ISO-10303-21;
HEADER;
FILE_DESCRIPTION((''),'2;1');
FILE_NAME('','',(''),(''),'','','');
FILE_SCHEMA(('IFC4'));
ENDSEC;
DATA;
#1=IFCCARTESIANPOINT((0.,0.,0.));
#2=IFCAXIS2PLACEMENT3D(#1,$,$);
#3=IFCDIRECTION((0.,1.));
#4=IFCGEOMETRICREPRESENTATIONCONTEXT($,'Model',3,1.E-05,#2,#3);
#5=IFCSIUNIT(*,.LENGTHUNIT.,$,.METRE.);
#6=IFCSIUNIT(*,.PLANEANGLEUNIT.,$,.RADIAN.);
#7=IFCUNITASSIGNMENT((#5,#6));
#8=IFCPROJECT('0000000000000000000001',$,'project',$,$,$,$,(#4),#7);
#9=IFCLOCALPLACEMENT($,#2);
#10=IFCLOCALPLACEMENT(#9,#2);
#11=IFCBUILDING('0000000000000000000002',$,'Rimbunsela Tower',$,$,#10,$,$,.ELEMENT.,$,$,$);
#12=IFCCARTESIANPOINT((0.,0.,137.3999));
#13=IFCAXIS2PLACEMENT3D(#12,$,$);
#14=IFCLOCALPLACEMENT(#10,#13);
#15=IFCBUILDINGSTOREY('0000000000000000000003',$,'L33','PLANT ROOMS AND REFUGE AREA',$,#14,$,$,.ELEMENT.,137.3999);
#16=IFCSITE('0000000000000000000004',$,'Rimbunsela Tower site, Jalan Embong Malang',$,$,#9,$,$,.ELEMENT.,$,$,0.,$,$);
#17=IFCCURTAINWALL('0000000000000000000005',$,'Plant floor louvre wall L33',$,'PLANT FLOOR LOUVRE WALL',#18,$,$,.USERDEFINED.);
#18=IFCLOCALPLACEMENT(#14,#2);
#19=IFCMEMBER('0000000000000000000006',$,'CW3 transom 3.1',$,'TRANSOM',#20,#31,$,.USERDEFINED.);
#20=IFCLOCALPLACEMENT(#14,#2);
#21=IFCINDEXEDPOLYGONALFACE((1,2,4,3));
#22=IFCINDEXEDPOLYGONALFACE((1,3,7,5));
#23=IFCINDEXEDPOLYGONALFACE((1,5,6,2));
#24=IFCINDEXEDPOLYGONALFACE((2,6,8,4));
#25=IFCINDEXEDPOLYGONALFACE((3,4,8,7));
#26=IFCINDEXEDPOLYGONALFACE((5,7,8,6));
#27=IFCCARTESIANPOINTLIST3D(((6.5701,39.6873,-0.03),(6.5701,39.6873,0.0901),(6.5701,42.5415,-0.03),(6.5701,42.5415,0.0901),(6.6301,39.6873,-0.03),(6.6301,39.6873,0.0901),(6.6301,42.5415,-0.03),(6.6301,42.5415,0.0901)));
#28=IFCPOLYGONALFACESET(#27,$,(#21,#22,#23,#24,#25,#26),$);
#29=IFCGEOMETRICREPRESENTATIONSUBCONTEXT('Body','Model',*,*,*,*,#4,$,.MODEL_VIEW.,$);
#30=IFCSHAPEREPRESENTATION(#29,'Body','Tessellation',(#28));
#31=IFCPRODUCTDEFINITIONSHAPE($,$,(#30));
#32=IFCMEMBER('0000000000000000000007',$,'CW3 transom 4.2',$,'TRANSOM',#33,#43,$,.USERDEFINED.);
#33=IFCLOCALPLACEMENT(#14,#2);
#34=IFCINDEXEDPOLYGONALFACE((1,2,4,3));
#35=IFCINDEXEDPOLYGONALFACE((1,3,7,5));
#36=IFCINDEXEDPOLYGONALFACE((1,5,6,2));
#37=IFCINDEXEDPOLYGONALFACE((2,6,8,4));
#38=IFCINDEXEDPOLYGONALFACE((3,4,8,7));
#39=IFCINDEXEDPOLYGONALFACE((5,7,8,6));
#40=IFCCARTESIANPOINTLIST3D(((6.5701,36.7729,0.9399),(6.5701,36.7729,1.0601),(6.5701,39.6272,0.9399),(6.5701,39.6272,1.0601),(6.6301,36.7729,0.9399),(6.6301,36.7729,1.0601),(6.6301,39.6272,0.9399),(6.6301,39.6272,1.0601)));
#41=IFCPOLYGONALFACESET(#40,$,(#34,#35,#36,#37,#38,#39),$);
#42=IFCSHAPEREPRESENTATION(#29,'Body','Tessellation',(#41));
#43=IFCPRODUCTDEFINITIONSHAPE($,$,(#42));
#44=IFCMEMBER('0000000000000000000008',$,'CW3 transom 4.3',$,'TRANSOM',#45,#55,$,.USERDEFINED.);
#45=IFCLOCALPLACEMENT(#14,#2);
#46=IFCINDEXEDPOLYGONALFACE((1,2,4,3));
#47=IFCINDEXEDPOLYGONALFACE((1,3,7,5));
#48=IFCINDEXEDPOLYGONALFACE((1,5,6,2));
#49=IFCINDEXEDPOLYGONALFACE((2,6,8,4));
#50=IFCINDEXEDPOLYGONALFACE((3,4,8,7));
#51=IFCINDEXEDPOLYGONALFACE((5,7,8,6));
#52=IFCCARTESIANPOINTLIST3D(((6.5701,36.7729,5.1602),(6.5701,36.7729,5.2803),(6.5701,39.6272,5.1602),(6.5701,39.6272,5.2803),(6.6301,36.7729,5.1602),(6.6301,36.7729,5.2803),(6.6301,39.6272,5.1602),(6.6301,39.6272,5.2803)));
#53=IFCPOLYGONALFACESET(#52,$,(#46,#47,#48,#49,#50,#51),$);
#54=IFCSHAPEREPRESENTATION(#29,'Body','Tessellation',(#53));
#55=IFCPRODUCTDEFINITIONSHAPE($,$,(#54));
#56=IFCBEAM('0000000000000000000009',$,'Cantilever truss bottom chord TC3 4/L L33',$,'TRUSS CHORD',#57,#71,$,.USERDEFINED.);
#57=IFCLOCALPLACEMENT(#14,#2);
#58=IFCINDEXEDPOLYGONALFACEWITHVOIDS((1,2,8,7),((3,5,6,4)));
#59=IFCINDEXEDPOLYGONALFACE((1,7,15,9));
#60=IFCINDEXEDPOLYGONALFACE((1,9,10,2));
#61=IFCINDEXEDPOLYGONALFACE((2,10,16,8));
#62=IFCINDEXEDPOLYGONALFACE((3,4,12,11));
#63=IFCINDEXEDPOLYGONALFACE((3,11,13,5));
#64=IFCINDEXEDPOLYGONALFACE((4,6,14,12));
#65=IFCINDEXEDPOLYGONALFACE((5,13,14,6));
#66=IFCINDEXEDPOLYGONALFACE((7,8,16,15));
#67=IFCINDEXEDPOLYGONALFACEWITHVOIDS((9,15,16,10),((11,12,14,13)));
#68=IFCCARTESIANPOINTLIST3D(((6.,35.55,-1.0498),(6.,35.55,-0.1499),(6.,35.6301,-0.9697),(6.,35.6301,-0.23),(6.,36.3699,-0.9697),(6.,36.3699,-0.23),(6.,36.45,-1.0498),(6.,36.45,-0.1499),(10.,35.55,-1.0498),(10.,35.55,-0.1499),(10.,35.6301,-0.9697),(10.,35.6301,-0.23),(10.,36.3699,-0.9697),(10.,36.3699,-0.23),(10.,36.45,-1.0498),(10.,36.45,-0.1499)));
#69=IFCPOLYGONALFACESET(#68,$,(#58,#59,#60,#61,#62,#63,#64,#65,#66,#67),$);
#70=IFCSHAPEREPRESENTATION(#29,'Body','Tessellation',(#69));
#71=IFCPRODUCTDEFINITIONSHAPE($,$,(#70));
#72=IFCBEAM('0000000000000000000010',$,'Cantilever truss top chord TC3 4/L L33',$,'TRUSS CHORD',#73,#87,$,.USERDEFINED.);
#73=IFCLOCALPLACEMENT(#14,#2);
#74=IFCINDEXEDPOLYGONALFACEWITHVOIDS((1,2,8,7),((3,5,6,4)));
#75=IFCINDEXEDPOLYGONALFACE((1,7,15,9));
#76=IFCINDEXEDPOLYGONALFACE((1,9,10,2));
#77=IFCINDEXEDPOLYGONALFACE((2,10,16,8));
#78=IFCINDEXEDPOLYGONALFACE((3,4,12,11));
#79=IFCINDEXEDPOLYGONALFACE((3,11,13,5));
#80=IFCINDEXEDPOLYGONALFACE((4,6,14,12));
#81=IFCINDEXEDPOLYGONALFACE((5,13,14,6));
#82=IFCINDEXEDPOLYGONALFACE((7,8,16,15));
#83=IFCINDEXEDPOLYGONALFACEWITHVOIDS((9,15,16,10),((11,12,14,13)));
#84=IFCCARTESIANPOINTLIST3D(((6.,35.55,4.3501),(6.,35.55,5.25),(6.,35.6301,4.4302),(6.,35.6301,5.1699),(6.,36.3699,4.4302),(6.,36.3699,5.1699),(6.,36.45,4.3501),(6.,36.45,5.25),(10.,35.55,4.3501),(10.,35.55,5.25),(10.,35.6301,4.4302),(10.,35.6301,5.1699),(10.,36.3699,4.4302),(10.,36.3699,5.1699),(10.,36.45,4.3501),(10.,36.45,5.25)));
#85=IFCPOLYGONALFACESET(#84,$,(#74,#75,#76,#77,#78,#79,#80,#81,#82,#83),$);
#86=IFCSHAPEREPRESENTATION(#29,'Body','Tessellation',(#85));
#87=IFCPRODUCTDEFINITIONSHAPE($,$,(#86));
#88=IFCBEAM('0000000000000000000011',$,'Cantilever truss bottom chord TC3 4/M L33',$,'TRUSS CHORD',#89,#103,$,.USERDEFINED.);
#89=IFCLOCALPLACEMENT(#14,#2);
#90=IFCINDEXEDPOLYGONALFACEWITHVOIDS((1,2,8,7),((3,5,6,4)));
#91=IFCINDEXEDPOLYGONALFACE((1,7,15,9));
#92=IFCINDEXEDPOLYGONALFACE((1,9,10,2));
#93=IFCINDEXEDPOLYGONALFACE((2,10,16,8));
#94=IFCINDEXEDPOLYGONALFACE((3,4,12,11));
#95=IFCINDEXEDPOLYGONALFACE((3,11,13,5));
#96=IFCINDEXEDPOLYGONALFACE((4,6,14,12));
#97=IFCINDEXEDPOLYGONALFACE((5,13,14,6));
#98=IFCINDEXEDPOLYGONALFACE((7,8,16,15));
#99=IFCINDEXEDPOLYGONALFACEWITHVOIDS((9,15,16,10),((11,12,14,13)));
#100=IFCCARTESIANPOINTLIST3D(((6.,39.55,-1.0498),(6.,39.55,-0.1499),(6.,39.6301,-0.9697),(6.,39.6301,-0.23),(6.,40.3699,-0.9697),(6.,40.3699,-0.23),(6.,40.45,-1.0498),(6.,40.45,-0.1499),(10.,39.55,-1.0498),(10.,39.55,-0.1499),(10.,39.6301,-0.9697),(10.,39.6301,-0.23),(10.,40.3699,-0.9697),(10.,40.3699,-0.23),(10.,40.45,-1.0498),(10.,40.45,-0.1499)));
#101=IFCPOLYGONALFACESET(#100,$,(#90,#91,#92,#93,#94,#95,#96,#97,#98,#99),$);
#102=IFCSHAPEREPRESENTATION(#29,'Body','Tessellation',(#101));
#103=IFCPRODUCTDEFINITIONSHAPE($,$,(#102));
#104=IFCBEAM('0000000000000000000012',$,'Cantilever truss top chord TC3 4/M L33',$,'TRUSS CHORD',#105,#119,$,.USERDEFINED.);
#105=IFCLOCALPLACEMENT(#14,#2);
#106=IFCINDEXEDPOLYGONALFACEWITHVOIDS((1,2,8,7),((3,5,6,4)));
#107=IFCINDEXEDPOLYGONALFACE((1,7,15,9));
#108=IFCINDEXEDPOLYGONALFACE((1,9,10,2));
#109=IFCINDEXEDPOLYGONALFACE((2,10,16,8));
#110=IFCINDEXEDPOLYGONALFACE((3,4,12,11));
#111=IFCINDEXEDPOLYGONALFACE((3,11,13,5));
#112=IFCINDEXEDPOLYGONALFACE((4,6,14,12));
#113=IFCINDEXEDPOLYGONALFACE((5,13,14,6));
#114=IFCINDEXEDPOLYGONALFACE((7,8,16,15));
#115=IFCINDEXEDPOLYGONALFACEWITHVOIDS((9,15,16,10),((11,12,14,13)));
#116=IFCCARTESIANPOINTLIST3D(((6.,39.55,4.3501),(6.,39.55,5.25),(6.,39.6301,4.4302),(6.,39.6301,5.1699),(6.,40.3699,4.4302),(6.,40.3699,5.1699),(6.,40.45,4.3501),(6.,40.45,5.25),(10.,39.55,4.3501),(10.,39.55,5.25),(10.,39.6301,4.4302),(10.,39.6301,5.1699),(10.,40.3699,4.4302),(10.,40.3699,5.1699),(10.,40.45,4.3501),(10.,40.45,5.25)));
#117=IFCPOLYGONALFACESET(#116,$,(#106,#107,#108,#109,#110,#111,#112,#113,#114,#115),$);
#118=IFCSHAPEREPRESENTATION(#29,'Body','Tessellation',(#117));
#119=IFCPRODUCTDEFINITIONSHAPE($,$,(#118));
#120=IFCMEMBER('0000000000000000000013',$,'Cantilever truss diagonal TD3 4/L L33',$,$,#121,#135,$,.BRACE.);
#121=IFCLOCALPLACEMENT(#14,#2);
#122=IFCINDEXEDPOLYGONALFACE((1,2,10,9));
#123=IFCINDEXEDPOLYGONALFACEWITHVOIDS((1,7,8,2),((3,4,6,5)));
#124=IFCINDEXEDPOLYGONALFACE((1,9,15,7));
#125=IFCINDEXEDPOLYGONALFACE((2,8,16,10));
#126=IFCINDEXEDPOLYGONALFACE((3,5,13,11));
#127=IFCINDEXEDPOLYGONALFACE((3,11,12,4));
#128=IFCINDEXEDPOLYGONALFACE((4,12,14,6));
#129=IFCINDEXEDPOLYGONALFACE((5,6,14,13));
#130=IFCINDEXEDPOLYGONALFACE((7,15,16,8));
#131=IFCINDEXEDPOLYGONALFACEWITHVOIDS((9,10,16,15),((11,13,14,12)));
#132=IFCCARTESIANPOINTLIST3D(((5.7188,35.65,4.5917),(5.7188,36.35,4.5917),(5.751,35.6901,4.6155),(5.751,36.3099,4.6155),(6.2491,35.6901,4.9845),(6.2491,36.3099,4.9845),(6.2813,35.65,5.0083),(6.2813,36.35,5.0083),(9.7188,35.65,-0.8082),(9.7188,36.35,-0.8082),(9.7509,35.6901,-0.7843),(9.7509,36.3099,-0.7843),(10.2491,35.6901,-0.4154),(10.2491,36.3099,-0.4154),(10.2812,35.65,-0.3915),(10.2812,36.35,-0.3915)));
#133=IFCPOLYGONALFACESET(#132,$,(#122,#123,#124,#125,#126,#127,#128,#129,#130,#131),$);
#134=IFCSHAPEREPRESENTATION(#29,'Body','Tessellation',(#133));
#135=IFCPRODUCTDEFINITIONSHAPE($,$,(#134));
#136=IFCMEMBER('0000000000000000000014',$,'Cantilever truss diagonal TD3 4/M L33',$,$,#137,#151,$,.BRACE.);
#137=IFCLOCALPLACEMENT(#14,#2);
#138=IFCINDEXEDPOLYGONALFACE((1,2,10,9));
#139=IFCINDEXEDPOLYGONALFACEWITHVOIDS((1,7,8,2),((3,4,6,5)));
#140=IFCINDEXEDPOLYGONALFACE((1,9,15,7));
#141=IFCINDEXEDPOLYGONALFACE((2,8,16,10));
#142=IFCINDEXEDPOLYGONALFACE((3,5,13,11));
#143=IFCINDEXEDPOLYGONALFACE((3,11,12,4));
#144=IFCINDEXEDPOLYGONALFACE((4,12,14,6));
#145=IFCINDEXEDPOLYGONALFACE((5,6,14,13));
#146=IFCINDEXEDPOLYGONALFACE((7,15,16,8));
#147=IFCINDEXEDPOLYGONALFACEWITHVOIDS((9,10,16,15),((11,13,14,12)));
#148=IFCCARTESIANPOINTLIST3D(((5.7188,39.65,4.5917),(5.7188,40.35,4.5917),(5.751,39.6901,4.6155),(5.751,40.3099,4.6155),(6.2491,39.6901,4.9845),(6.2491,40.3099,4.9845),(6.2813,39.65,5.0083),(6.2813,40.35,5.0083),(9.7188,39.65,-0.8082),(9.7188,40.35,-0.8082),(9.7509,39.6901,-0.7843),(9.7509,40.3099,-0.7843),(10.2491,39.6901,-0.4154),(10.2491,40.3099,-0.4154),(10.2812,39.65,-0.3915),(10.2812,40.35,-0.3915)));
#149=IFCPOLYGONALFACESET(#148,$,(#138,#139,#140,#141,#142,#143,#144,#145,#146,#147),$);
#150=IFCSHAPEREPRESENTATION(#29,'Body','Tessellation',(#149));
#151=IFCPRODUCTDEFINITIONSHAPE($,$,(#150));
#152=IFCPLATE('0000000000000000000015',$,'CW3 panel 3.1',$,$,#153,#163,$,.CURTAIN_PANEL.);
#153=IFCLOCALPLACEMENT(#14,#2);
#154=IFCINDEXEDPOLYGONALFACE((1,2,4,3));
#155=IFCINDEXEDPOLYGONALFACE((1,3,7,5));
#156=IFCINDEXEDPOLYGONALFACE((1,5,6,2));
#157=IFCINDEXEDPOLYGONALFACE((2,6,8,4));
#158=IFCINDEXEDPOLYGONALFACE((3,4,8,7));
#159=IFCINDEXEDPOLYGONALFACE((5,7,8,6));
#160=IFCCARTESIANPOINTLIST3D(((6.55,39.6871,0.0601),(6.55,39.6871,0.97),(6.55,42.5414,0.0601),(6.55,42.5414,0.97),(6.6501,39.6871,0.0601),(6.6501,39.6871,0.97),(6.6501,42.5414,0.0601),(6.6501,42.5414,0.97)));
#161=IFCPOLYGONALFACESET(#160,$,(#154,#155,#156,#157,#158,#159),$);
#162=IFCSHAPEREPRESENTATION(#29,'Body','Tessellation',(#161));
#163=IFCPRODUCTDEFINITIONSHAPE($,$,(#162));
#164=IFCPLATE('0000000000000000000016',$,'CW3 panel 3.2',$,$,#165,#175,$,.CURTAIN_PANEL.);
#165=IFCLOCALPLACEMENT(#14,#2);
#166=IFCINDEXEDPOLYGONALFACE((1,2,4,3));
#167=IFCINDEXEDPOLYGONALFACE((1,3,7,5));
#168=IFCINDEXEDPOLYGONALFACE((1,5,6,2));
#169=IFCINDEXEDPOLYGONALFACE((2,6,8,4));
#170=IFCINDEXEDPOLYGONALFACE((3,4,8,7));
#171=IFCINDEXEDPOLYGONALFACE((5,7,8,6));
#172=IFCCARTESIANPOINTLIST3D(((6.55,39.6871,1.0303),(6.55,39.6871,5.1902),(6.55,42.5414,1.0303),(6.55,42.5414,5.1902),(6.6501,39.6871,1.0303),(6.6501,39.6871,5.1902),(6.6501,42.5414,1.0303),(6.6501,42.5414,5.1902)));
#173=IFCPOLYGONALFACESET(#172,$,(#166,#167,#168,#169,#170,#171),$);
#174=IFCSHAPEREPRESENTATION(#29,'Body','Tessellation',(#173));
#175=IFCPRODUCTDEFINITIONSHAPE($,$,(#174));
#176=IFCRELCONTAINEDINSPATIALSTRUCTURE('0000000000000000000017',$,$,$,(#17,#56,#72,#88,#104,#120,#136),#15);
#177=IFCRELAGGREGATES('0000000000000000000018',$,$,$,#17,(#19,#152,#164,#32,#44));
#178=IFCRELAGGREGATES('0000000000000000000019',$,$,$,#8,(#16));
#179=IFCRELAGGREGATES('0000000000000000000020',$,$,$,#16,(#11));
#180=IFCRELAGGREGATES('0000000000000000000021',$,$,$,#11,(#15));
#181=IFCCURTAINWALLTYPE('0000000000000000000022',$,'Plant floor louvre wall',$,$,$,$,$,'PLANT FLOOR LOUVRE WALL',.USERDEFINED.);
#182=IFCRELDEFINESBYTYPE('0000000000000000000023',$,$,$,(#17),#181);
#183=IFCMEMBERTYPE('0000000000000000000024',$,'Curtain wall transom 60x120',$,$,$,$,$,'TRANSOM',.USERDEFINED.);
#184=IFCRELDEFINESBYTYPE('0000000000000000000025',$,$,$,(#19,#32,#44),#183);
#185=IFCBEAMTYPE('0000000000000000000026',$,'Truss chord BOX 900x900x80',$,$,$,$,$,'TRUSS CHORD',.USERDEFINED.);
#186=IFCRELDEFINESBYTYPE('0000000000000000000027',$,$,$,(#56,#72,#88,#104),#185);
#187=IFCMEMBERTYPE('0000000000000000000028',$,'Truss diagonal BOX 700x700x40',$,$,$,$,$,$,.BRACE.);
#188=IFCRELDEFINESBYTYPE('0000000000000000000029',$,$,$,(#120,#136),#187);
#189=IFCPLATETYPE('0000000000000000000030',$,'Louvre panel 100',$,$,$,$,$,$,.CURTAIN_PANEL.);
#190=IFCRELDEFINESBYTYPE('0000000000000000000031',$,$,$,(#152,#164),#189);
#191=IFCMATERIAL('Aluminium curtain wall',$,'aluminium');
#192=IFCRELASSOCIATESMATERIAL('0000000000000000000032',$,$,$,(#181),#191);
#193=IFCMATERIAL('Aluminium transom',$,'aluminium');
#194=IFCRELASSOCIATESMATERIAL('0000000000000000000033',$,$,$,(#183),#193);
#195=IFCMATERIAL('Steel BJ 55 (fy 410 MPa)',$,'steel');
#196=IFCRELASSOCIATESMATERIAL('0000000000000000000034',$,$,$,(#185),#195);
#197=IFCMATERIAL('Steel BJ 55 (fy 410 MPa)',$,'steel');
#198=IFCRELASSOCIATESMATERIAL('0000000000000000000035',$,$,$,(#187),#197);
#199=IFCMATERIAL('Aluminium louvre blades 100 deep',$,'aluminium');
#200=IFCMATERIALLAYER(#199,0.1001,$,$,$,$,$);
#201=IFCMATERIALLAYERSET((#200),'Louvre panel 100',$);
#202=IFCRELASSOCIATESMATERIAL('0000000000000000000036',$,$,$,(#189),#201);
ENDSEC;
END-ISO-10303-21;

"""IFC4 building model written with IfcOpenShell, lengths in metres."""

from ifc_helpers import new_model, si_unit, direction, frame, origin, origin_2d, place, context, subcontext, project, spatial, rectangle, hollow_rectangle, extrude, material, layer, layer_set, material_profile, profile_set, type_object, element, aggregate, save


model = new_model("IFC4")

# Units and contexts
model_context = context("Model", 3, precision=1e-05, world=origin(), true_north=direction((0.0, 1.0)))
body_context = subcontext(model_context, "Body", "Model", "MODEL_VIEW")
ifc_project = project(units=[si_unit("LENGTHUNIT", "METRE"), si_unit("PLANEANGLEUNIT", "RADIAN")], contexts=[model_context])

# Site, building, storey
site_placement = place(None, origin())
site = spatial("IfcSite", under=ifc_project, at=site_placement, Name="Rimbunsela Tower site, Jalan Embong Malang", CompositionType="ELEMENT", RefElevation=0.0)
building_placement = place(site_placement, origin())
building = spatial("IfcBuilding", under=site, at=building_placement, Name="Rimbunsela Tower", CompositionType="ELEMENT")
storey_placement = place(building_placement, frame((0.0, 0.0, 137.3999)))
storey = spatial("IfcBuildingStorey", under=building, at=storey_placement, Name="L33", Description="PLANT ROOMS AND REFUGE AREA", CompositionType="ELEMENT", Elevation=137.3999)

# Curtain wall, members
ifc_material_1 = material(Name="Aluminium curtain wall", Category="aluminium")
curtain_wall_type = type_object("IfcCurtainWallType", Name="Plant floor louvre wall", ElementType="PLANT FLOOR LOUVRE WALL", PredefinedType="USERDEFINED", material=ifc_material_1)
curtain_wall_placement = place(storey_placement, origin())
curtain_wall = element("IfcCurtainWall", 1, at=curtain_wall_placement, inside=storey, type_object=curtain_wall_type, Name="Plant floor louvre wall L33", ObjectType="PLANT FLOOR LOUVRE WALL", PredefinedType="USERDEFINED")
ifc_material_2 = material(Name="Aluminium transom", Category="aluminium")
ifc_material_profile_1 = material_profile(ifc_material_2, rectangle(XDim=0.0601, YDim=0.1201, at=origin_2d()), Name="Transom 60x120")
ifc_profile_set_1 = profile_set([ifc_material_profile_1], Name="Aluminium transom")
member_type_1 = type_object("IfcMemberType", Name="Curtain wall transom 60x120", ElementType="TRANSOM", PredefinedType="USERDEFINED", material=ifc_profile_set_1)
member_1_placement = place(storey_placement, frame((6.6001, 42.5415, 0.03), z_axis=(0.0, -1.0, 0.0), x_axis=(1.0, 0.0, 0.0)))
member_1 = element("IfcMember", 2, at=member_1_placement, type_object=member_type_1, Name="CW3 transom 3.1", ObjectType="TRANSOM", PredefinedType="USERDEFINED", context=body_context, shape_type="SweptSolid", body=[
    extrude(rectangle(XDim=0.0601, YDim=0.1201, at=origin_2d()), origin(), (0.0, 0.0, 1.0), 2.8542),
])
member_2_placement = place(storey_placement, frame((6.6001, 39.6272, 1.0), z_axis=(0.0, -1.0, 0.0), x_axis=(1.0, 0.0, 0.0)))
member_2 = element("IfcMember", 3, at=member_2_placement, type_object=member_type_1, Name="CW3 transom 4.2", ObjectType="TRANSOM", PredefinedType="USERDEFINED", context=body_context, shape_type="SweptSolid", body=[
    extrude(rectangle(XDim=0.0601, YDim=0.1201, at=origin_2d()), origin(), (0.0, 0.0, 1.0), 2.8542),
])
member_3_placement = place(storey_placement, frame((6.6001, 39.6272, 5.2202), z_axis=(0.0, -1.0, 0.0), x_axis=(1.0, 0.0, 0.0)))
member_3 = element("IfcMember", 4, at=member_3_placement, type_object=member_type_1, Name="CW3 transom 4.3", ObjectType="TRANSOM", PredefinedType="USERDEFINED", context=body_context, shape_type="SweptSolid", body=[
    extrude(rectangle(XDim=0.0601, YDim=0.1201, at=origin_2d()), origin(), (0.0, 0.0, 1.0), 2.8542),
])

# Beams
ifc_material_3 = material(Name="Steel BJ 55 (fy 410 MPa)", Category="steel")
ifc_material_profile_2 = material_profile(ifc_material_3, hollow_rectangle(XDim=0.8999, YDim=0.8999, WallThickness=0.0801, at=origin_2d()), Name="BOX 900x900x80")
ifc_profile_set_2 = profile_set([ifc_material_profile_2], Name="Steel BJ 55 (fy 410 MPa)")
beam_type_1 = type_object("IfcBeamType", Name="Truss chord BOX 900x900x80", ElementType="TRUSS CHORD", PredefinedType="USERDEFINED", material=ifc_profile_set_2)
for number, where, z_axis, x_axis, name in (
    (5, (10.0, 36.0, -0.5999), (-1.0, 0.0, 0.0), (0.0, -1.0, 0.0), "Cantilever truss bottom chord TC3 4/L L33"),
    (6, (10.0, 36.0, 4.8), (-1.0, 0.0, 0.0), (0.0, -1.0, 0.0), "Cantilever truss top chord TC3 4/L L33"),
    (7, (10.0, 40.0, -0.5999), (-1.0, 0.0, 0.0), (0.0, -1.0, 0.0), "Cantilever truss bottom chord TC3 4/M L33"),
    (8, (10.0, 40.0, 4.8), (-1.0, 0.0, 0.0), (0.0, -1.0, 0.0), "Cantilever truss top chord TC3 4/M L33"),
):
    element("IfcBeam", number, at=place(storey_placement, frame(where, z_axis=z_axis, x_axis=x_axis)), inside=storey, type_object=beam_type_1, Name=name, ObjectType="TRUSS CHORD", PredefinedType="USERDEFINED", context=body_context, shape_type="SweptSolid", body=[
        extrude(hollow_rectangle(XDim=0.8999, YDim=0.8999, WallThickness=0.0801, at=origin_2d()), origin(), (0.0, 0.0, 1.0), 4.0),
    ])

# Members
ifc_material_4 = material(Name="Steel BJ 55 (fy 410 MPa)", Category="steel")
ifc_material_profile_3 = material_profile(ifc_material_4, hollow_rectangle(XDim=0.7, YDim=0.7, WallThickness=0.04, at=origin_2d()), Name="BOX 700x700x40")
ifc_profile_set_3 = profile_set([ifc_material_profile_3], Name="Steel BJ 55 (fy 410 MPa)")
member_type_2 = type_object("IfcMemberType", Name="Truss diagonal BOX 700x700x40", PredefinedType="BRACE", material=ifc_profile_set_3)
for number, where, z_axis, x_axis, name in (
    (9, (10.0, 36.0, -0.5999), (-0.595235, 0.0, 0.803552), (0.0, -1.0, 0.0), "Cantilever truss diagonal TD3 4/L L33"),
    (10, (10.0, 40.0, -0.5999), (-0.595235, 0.0, 0.803552), (0.0, -1.0, 0.0), "Cantilever truss diagonal TD3 4/M L33"),
):
    element("IfcMember", number, at=place(storey_placement, frame(where, z_axis=z_axis, x_axis=x_axis)), inside=storey, type_object=member_type_2, Name=name, PredefinedType="BRACE", context=body_context, shape_type="SweptSolid", body=[
        extrude(hollow_rectangle(XDim=0.7, YDim=0.7, WallThickness=0.04, at=origin_2d()), origin(), (0.0, 0.0, 1.0), 6.72),
    ])

# Plates
ifc_material_5 = material(Name="Aluminium louvre blades 100 deep", Category="aluminium")
ifc_layer_1 = layer(ifc_material_5, 0.1001)
ifc_layer_set_1 = layer_set([ifc_layer_1], Name="Louvre panel 100")
plate_type = type_object("IfcPlateType", Name="Louvre panel 100", PredefinedType="CURTAIN_PANEL", material=ifc_layer_set_1)
plate_1_placement = place(storey_placement, frame((6.6001, 41.1143, 0.0601), z_axis=(0.0, 0.0, 1.0), x_axis=(0.0, -1.0, 0.0)))
plate_1 = element("IfcPlate", 11, at=plate_1_placement, type_object=plate_type, Name="CW3 panel 3.1", PredefinedType="CURTAIN_PANEL", context=body_context, shape_type="SweptSolid", body=[
    extrude(rectangle(XDim=2.8542, YDim=0.1001, at=origin_2d()), origin(), (0.0, 0.0, 1.0), 0.9099),
])
plate_2_placement = place(storey_placement, frame((6.6001, 41.1143, 1.0303), z_axis=(0.0, 0.0, 1.0), x_axis=(0.0, -1.0, 0.0)))
plate_2 = element("IfcPlate", 12, at=plate_2_placement, type_object=plate_type, Name="CW3 panel 3.2", PredefinedType="CURTAIN_PANEL", context=body_context, shape_type="SweptSolid", body=[
    extrude(rectangle(XDim=2.8542, YDim=0.1001, at=origin_2d()), origin(), (0.0, 0.0, 1.0), 4.1599),
])
aggregate(curtain_wall, [member_1, plate_1, plate_2, member_2, member_3])

save(model, "model.ifc")
